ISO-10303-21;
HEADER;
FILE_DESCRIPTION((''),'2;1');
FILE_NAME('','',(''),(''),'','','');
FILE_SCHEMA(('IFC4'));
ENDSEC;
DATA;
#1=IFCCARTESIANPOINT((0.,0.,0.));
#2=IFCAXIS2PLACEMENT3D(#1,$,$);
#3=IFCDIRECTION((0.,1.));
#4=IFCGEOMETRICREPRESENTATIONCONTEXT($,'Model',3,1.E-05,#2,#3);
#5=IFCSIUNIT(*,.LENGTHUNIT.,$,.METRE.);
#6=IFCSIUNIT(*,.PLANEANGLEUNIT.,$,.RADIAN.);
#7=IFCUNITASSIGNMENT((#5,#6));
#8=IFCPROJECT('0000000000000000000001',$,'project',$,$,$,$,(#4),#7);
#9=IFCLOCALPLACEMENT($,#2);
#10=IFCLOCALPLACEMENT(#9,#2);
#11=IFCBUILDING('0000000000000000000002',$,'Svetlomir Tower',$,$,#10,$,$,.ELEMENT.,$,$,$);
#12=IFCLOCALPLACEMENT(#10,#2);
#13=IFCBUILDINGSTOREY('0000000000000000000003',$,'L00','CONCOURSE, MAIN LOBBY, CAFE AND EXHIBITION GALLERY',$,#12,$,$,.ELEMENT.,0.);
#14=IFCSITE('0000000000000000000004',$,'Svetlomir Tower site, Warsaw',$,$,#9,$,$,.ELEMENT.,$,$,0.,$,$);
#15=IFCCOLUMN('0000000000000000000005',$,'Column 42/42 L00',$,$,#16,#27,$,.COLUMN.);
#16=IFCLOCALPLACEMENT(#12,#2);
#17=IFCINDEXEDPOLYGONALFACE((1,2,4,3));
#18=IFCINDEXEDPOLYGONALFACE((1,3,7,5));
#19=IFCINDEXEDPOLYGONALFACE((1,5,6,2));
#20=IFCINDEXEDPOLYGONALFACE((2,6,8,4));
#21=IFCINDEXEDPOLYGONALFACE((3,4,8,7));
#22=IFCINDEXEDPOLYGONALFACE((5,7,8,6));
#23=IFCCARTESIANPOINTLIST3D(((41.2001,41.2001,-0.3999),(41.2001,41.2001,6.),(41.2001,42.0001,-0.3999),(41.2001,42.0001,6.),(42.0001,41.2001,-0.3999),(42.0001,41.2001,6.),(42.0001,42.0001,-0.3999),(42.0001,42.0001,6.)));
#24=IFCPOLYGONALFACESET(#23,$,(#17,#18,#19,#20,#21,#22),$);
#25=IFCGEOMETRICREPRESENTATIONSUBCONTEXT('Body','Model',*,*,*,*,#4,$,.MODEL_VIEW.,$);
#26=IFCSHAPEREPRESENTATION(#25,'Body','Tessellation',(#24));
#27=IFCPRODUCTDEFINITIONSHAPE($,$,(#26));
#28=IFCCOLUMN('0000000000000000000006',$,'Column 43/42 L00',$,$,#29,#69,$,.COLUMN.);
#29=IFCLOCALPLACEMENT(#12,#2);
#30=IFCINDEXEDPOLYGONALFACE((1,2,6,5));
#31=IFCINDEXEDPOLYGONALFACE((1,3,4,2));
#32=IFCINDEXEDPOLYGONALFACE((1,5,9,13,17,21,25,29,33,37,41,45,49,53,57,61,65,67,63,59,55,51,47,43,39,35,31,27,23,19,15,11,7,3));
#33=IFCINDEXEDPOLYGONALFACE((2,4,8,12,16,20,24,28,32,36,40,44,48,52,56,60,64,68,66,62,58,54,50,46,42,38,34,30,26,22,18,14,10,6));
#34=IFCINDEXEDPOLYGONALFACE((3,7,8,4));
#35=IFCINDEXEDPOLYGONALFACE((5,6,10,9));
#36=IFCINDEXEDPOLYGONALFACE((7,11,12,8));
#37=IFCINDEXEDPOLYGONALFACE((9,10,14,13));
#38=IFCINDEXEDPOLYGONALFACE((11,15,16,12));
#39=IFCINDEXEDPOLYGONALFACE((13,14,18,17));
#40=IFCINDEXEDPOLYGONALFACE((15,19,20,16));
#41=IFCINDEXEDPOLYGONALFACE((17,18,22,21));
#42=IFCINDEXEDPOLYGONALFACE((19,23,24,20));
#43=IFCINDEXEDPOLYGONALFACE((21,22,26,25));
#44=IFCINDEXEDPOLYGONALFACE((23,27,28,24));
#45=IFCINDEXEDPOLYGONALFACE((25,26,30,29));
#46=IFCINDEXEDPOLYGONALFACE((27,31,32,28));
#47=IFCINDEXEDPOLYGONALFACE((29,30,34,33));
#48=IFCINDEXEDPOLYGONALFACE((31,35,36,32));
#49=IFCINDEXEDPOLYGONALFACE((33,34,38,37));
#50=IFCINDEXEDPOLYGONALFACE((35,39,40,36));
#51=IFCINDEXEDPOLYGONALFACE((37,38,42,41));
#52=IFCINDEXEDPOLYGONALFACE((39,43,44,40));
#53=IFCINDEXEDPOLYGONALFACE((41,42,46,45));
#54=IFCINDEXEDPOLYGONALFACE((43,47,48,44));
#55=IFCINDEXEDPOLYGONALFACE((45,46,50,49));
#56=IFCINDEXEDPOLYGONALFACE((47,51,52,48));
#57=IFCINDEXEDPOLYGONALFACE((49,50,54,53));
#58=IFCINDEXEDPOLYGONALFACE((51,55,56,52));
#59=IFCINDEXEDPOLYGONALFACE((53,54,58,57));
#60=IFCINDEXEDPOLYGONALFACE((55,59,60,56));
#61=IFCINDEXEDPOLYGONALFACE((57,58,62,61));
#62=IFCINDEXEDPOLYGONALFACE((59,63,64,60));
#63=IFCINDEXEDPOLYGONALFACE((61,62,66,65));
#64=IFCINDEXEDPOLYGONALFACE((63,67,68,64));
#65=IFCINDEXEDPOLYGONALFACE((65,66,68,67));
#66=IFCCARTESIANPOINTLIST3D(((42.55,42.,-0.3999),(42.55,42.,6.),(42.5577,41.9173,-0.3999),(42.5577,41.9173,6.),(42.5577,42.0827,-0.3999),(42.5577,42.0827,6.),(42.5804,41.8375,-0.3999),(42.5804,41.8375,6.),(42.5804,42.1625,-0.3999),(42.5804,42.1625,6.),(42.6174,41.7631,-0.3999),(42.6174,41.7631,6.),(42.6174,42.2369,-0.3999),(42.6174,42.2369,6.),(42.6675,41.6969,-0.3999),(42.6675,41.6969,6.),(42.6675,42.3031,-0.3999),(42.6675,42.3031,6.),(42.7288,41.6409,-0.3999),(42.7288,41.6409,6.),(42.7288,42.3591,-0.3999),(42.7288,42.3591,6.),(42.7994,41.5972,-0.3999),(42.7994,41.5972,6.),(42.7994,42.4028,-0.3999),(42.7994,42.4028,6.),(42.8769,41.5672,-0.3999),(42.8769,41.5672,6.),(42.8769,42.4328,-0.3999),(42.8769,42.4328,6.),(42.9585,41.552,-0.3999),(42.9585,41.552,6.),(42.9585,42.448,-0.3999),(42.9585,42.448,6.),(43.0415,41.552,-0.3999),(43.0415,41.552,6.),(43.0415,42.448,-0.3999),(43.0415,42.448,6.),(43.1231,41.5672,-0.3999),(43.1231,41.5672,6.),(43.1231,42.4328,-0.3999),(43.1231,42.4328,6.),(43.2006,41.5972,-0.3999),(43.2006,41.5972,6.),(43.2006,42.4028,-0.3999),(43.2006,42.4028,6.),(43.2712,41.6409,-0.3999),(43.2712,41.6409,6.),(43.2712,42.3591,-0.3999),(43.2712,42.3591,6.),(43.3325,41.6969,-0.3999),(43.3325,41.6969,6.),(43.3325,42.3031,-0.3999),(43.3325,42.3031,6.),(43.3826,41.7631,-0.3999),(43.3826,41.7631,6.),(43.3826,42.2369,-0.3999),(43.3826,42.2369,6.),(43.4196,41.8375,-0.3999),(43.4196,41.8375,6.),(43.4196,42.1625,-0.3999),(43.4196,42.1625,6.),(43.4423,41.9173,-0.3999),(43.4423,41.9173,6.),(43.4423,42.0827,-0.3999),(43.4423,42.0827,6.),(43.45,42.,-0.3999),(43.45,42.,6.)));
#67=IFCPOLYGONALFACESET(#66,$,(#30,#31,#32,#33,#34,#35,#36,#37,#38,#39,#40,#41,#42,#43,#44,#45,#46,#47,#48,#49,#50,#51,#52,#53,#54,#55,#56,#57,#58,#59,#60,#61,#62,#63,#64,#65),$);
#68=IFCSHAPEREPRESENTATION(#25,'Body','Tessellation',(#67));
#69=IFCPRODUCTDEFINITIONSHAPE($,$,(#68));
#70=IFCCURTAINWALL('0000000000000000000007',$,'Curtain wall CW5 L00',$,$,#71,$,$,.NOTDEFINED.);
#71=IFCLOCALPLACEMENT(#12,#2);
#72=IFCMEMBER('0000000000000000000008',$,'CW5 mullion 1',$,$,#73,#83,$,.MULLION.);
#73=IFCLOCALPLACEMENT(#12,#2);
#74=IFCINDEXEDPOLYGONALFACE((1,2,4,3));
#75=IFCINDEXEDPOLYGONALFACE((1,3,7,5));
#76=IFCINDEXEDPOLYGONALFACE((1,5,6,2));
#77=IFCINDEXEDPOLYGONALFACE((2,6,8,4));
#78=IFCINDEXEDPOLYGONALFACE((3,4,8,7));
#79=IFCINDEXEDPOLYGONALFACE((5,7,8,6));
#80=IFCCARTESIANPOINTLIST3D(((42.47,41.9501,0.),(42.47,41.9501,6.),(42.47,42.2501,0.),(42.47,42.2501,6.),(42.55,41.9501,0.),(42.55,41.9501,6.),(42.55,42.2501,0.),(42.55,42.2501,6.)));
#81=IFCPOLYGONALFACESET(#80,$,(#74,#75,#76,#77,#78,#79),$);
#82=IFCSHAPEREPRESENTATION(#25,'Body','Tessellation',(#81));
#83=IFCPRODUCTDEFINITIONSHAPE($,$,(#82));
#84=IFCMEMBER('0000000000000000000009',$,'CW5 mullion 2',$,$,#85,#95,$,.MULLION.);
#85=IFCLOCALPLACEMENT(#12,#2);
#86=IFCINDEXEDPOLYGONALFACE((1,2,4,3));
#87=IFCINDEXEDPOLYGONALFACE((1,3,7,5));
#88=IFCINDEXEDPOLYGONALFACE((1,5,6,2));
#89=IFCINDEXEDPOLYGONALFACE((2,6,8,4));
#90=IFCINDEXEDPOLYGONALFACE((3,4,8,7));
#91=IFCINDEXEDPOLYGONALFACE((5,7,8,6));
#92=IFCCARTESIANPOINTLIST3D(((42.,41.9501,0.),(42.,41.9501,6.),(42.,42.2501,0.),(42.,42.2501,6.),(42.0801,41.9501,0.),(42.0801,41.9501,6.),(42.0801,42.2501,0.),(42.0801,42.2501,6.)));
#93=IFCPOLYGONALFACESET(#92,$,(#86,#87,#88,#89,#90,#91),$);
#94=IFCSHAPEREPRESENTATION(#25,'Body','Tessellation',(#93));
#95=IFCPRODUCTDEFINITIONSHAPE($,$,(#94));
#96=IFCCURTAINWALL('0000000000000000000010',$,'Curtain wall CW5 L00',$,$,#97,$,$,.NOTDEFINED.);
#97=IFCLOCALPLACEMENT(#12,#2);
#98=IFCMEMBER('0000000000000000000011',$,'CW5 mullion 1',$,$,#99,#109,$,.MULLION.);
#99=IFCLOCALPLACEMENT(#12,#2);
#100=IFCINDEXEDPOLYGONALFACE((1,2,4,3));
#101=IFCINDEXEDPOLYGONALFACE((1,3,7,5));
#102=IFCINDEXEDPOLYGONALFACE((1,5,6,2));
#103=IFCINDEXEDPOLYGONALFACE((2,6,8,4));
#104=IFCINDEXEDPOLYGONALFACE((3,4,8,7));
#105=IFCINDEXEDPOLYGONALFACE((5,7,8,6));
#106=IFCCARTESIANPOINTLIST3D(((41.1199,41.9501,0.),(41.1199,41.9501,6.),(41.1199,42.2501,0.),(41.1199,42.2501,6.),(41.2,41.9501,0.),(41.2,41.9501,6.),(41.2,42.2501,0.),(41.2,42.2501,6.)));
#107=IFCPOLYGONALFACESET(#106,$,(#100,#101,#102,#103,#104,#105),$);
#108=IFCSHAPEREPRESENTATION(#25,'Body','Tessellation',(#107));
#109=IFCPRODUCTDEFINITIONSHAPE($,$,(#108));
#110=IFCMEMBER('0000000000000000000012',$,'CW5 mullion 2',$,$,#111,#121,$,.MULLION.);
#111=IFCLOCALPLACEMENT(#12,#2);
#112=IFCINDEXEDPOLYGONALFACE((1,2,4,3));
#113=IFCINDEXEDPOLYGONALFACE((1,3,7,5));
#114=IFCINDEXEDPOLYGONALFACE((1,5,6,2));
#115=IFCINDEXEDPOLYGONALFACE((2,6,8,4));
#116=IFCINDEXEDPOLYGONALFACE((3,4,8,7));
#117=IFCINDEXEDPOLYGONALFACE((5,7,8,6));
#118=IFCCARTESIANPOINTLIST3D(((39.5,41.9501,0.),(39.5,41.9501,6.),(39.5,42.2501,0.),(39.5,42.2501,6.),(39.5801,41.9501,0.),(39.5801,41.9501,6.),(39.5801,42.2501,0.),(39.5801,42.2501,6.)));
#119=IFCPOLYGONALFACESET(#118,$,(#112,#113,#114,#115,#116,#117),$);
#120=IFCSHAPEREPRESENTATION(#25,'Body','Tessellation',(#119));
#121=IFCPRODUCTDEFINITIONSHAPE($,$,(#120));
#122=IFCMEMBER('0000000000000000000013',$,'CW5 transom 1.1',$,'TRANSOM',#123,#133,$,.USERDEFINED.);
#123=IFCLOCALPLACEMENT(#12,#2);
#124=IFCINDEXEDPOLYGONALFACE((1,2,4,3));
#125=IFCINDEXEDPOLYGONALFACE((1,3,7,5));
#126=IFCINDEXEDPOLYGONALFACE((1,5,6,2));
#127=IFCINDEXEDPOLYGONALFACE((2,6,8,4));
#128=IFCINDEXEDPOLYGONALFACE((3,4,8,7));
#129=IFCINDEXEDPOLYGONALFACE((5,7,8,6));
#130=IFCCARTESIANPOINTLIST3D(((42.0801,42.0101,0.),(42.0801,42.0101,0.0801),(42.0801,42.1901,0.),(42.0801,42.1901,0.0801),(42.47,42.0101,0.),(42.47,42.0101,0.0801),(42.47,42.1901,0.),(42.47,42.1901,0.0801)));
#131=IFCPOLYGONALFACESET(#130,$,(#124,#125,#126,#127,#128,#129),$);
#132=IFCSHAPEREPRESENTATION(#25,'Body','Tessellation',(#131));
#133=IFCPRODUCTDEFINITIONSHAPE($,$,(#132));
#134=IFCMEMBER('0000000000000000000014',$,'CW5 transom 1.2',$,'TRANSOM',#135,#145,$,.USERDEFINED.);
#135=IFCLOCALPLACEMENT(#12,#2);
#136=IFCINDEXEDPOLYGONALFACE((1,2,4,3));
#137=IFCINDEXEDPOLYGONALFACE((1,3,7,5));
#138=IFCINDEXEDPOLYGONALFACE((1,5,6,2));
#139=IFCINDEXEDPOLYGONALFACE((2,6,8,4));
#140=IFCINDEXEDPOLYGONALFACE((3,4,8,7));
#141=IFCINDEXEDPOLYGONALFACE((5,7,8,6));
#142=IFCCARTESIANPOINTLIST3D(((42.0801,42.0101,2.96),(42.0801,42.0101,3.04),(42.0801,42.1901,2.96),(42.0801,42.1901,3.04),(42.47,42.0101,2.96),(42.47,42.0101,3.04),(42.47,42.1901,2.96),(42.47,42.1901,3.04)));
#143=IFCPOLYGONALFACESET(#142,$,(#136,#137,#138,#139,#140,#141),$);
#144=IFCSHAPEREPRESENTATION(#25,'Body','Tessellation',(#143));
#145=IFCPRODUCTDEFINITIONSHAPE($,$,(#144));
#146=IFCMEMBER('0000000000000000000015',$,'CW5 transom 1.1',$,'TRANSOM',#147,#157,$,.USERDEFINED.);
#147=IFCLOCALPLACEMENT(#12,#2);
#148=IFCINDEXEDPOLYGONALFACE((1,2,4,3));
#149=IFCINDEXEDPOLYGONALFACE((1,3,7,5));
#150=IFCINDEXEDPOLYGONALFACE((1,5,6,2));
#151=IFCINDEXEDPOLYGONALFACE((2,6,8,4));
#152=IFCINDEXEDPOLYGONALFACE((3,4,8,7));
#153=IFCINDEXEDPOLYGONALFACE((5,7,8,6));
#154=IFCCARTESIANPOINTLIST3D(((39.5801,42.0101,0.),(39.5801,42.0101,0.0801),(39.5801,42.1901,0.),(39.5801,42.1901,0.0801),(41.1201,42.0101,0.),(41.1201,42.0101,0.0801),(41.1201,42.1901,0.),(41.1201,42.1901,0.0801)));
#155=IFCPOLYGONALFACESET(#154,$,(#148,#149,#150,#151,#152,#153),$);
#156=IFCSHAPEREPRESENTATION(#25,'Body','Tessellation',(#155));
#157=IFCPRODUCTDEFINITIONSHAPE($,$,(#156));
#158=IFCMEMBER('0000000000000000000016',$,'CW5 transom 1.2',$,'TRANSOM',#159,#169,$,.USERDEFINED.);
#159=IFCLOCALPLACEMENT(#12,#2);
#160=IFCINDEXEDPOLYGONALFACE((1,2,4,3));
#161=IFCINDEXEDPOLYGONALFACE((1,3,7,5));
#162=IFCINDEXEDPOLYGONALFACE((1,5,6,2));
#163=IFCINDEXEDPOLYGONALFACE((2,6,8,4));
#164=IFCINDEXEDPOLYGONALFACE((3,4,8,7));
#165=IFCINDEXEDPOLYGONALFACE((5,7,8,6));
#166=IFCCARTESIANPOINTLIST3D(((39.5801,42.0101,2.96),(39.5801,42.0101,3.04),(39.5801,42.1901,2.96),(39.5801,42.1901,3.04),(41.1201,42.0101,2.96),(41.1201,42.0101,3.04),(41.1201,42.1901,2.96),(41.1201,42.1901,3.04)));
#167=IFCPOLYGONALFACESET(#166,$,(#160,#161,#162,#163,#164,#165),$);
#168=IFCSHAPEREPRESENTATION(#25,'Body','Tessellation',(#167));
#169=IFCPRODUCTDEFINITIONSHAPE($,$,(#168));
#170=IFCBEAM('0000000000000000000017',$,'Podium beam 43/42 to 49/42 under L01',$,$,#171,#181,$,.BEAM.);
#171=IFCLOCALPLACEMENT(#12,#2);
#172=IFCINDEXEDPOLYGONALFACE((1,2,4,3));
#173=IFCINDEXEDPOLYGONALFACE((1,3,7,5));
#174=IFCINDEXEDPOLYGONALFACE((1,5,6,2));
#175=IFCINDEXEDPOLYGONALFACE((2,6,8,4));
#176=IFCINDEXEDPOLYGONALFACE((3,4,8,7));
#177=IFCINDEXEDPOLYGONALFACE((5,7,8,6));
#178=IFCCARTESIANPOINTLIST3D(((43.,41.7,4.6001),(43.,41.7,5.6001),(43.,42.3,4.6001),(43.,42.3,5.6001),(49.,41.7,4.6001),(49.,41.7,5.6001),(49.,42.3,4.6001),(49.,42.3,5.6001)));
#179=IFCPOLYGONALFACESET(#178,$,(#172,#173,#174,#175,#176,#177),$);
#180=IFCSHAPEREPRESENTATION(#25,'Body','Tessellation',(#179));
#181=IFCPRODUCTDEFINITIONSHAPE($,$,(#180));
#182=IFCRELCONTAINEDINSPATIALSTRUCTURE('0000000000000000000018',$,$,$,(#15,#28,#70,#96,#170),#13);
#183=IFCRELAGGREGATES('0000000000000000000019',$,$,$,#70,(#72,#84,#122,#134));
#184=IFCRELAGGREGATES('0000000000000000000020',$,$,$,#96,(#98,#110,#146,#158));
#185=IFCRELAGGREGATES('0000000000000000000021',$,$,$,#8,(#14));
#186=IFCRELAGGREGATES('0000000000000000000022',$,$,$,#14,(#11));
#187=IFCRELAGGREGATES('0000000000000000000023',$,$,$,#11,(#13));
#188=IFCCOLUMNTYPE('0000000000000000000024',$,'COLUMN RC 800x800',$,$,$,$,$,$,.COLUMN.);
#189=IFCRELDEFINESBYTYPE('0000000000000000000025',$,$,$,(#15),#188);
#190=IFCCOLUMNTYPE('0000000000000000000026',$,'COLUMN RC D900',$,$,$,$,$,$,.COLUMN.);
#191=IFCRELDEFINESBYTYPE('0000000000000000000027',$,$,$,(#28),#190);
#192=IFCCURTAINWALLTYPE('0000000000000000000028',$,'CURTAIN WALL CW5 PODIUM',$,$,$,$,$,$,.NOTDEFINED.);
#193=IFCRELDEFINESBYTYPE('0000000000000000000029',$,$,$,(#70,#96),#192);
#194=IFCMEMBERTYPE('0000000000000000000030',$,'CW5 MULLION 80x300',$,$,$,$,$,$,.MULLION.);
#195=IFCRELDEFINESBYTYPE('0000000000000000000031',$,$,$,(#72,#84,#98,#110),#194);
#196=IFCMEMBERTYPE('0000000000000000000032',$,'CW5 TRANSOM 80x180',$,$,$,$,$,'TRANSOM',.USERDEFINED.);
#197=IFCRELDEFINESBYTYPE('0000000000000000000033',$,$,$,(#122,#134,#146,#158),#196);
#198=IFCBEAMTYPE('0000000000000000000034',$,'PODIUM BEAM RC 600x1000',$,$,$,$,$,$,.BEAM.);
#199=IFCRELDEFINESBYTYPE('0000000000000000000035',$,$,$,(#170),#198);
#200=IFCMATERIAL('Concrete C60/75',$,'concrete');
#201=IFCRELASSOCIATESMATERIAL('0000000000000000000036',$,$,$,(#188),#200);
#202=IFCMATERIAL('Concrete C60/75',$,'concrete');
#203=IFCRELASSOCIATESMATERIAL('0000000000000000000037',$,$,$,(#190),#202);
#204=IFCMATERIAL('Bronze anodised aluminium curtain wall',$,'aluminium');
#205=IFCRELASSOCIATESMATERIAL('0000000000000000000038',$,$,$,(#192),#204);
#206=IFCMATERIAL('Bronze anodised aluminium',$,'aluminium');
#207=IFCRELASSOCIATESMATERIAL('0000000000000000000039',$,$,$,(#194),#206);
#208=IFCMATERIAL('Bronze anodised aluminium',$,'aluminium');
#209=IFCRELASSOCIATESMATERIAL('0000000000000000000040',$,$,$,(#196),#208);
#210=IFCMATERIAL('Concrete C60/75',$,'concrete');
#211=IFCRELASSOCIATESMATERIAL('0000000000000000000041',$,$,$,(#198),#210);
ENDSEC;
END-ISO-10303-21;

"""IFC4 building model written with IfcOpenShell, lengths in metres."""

from ifc_helpers import new_model, si_unit, direction, frame, origin, origin_2d, place, context, subcontext, project, spatial, rectangle, circle, extrude, material, material_profile, profile_set, type_object, element, aggregate, save


model = new_model("IFC4")

# Units and contexts
model_context = context("Model", 3, precision=1e-05, world=origin(), true_north=direction((0.0, 1.0)))
body_context = subcontext(model_context, "Body", "Model", "MODEL_VIEW")
ifc_project = project(units=[si_unit("LENGTHUNIT", "METRE"), si_unit("PLANEANGLEUNIT", "RADIAN")], contexts=[model_context])

# Site, building, storey
site_placement = place(None, origin())
site = spatial("IfcSite", under=ifc_project, at=site_placement, Name="Svetlomir Tower site, Warsaw", CompositionType="ELEMENT", RefElevation=0.0)
building_placement = place(site_placement, origin())
building = spatial("IfcBuilding", under=site, at=building_placement, Name="Svetlomir Tower", CompositionType="ELEMENT")
storey_placement = place(building_placement, origin())
storey = spatial("IfcBuildingStorey", under=building, at=storey_placement, Name="L00", Description="CONCOURSE, MAIN LOBBY, CAFE AND EXHIBITION GALLERY", CompositionType="ELEMENT", Elevation=0.0)

# Columns
ifc_material_1 = material(Name="Concrete C60/75", Category="concrete")
ifc_material_profile_1 = material_profile(ifc_material_1, rectangle(XDim=0.8, YDim=0.8, at=origin_2d()), Name="RC 800x800")
ifc_profile_set_1 = profile_set([ifc_material_profile_1], Name="Concrete C60/75")
column_type_1 = type_object("IfcColumnType", Name="COLUMN RC 800x800", PredefinedType="COLUMN", material=ifc_profile_set_1)
column_1_placement = place(storey_placement, frame((41.6001, 41.6001, -0.3999), z_axis=(0.0, 0.0, 1.0), x_axis=(1.0, 0.0, 0.0)))
element("IfcColumn", 1, at=column_1_placement, inside=storey, type_object=column_type_1, Name="Column 42/42 L00", PredefinedType="COLUMN", context=body_context, shape_type="SweptSolid", body=[
    extrude(rectangle(XDim=0.8, YDim=0.8, at=origin_2d()), origin(), (0.0, 0.0, 1.0), 6.3999),
])
ifc_material_2 = material(Name="Concrete C60/75", Category="concrete")
ifc_material_profile_2 = material_profile(ifc_material_2, circle(Radius=0.45, at=origin_2d()), Name="RC D900")
ifc_profile_set_2 = profile_set([ifc_material_profile_2], Name="Concrete C60/75")
column_type_2 = type_object("IfcColumnType", Name="COLUMN RC D900", PredefinedType="COLUMN", material=ifc_profile_set_2)
column_2_placement = place(storey_placement, frame((43.0, 42.0, -0.3999), z_axis=(0.0, 0.0, 1.0), x_axis=(1.0, 0.0, 0.0)))
element("IfcColumn", 2, at=column_2_placement, inside=storey, type_object=column_type_2, Name="Column 43/42 L00", PredefinedType="COLUMN", context=body_context, shape_type="SweptSolid", body=[
    extrude(circle(Radius=0.45, at=origin_2d()), origin(), (0.0, 0.0, 1.0), 6.3999),
])

# Curtain walls, members
ifc_material_3 = material(Name="Bronze anodised aluminium curtain wall", Category="aluminium")
curtain_wall_type = type_object("IfcCurtainWallType", Name="CURTAIN WALL CW5 PODIUM", PredefinedType="NOTDEFINED", material=ifc_material_3)
curtain_wall_1_placement = place(storey_placement, origin())
curtain_wall_1 = element("IfcCurtainWall", 3, at=curtain_wall_1_placement, inside=storey, type_object=curtain_wall_type, Name="Curtain wall CW5 L00", PredefinedType="NOTDEFINED")
ifc_material_4 = material(Name="Bronze anodised aluminium", Category="aluminium")
ifc_material_profile_3 = material_profile(ifc_material_4, rectangle(XDim=0.0801, YDim=0.3, at=origin_2d()), Name="AL 80x300")
ifc_profile_set_3 = profile_set([ifc_material_profile_3], Name="Bronze anodised aluminium 6063-T6")
member_type_1 = type_object("IfcMemberType", Name="CW5 MULLION 80x300", PredefinedType="MULLION", material=ifc_profile_set_3)
member_1_placement = place(storey_placement, frame((42.51, 42.1001, 0.0), z_axis=(0.0, 0.0, 1.0), x_axis=(-1.0, 0.0, 0.0)))
member_1 = element("IfcMember", 4, at=member_1_placement, type_object=member_type_1, Name="CW5 mullion 1", PredefinedType="MULLION", context=body_context, shape_type="SweptSolid", body=[
    extrude(rectangle(XDim=0.0801, YDim=0.3, at=origin_2d()), origin(), (0.0, 0.0, 1.0), 6.0),
])
member_2_placement = place(storey_placement, frame((42.04, 42.1001, 0.0), z_axis=(0.0, 0.0, 1.0), x_axis=(-1.0, 0.0, 0.0)))
member_2 = element("IfcMember", 5, at=member_2_placement, type_object=member_type_1, Name="CW5 mullion 2", PredefinedType="MULLION", context=body_context, shape_type="SweptSolid", body=[
    extrude(rectangle(XDim=0.0801, YDim=0.3, at=origin_2d()), origin(), (0.0, 0.0, 1.0), 6.0),
])
curtain_wall_2_placement = place(storey_placement, origin())
curtain_wall_2 = element("IfcCurtainWall", 6, at=curtain_wall_2_placement, inside=storey, type_object=curtain_wall_type, Name="Curtain wall CW5 L00", PredefinedType="NOTDEFINED")
member_3_placement = place(storey_placement, frame((41.1599, 42.1001, 0.0), z_axis=(0.0, 0.0, 1.0), x_axis=(-1.0, 0.0, 0.0)))
member_3 = element("IfcMember", 7, at=member_3_placement, type_object=member_type_1, Name="CW5 mullion 1", PredefinedType="MULLION", context=body_context, shape_type="SweptSolid", body=[
    extrude(rectangle(XDim=0.0801, YDim=0.3, at=origin_2d()), origin(), (0.0, 0.0, 1.0), 6.0),
])
member_4_placement = place(storey_placement, frame((39.54, 42.1001, 0.0), z_axis=(0.0, 0.0, 1.0), x_axis=(-1.0, 0.0, 0.0)))
member_4 = element("IfcMember", 8, at=member_4_placement, type_object=member_type_1, Name="CW5 mullion 2", PredefinedType="MULLION", context=body_context, shape_type="SweptSolid", body=[
    extrude(rectangle(XDim=0.0801, YDim=0.3, at=origin_2d()), origin(), (0.0, 0.0, 1.0), 6.0),
])

# Members
ifc_material_5 = material(Name="Bronze anodised aluminium", Category="aluminium")
ifc_material_profile_4 = material_profile(ifc_material_5, rectangle(XDim=0.1799, YDim=0.0801, at=origin_2d()), Name="AL 180x80")
ifc_profile_set_4 = profile_set([ifc_material_profile_4], Name="Bronze anodised aluminium 6063-T6")
member_type_2 = type_object("IfcMemberType", Name="CW5 TRANSOM 80x180", ElementType="TRANSOM", PredefinedType="USERDEFINED", material=ifc_profile_set_4)
member_5_placement = place(storey_placement, frame((42.47, 42.1001, 0.04), z_axis=(-1.0, 0.0, 0.0), x_axis=(0.0, -1.0, 0.0)))
member_5 = element("IfcMember", 9, at=member_5_placement, type_object=member_type_2, Name="CW5 transom 1.1", ObjectType="TRANSOM", PredefinedType="USERDEFINED", context=body_context, shape_type="SweptSolid", body=[
    extrude(rectangle(XDim=0.1799, YDim=0.0801, at=origin_2d()), origin(), (0.0, 0.0, 1.0), 0.3899),
])
member_6_placement = place(storey_placement, frame((42.47, 42.1001, 3.0), z_axis=(-1.0, 0.0, 0.0), x_axis=(0.0, -1.0, 0.0)))
member_6 = element("IfcMember", 10, at=member_6_placement, type_object=member_type_2, Name="CW5 transom 1.2", ObjectType="TRANSOM", PredefinedType="USERDEFINED", context=body_context, shape_type="SweptSolid", body=[
    extrude(rectangle(XDim=0.1799, YDim=0.0801, at=origin_2d()), origin(), (0.0, 0.0, 1.0), 0.3899),
])
member_7_placement = place(storey_placement, frame((41.1201, 42.1001, 0.04), z_axis=(-1.0, 0.0, 0.0), x_axis=(0.0, -1.0, 0.0)))
member_7 = element("IfcMember", 11, at=member_7_placement, type_object=member_type_2, Name="CW5 transom 1.1", ObjectType="TRANSOM", PredefinedType="USERDEFINED", context=body_context, shape_type="SweptSolid", body=[
    extrude(rectangle(XDim=0.1799, YDim=0.0801, at=origin_2d()), origin(), (0.0, 0.0, 1.0), 1.54),
])
member_8_placement = place(storey_placement, frame((41.1201, 42.1001, 3.0), z_axis=(-1.0, 0.0, 0.0), x_axis=(0.0, -1.0, 0.0)))
member_8 = element("IfcMember", 12, at=member_8_placement, type_object=member_type_2, Name="CW5 transom 1.2", ObjectType="TRANSOM", PredefinedType="USERDEFINED", context=body_context, shape_type="SweptSolid", body=[
    extrude(rectangle(XDim=0.1799, YDim=0.0801, at=origin_2d()), origin(), (0.0, 0.0, 1.0), 1.54),
])

# Beam
ifc_material_6 = material(Name="Concrete C60/75", Category="concrete")
ifc_material_profile_5 = material_profile(ifc_material_6, rectangle(XDim=0.6001, YDim=1.0, at=origin_2d()), Name="RC 600x1000")
ifc_profile_set_5 = profile_set([ifc_material_profile_5], Name="Concrete C60/75")
beam_type = type_object("IfcBeamType", Name="PODIUM BEAM RC 600x1000", PredefinedType="BEAM", material=ifc_profile_set_5)
beam_placement = place(storey_placement, frame((43.0, 42.0, 5.1001), z_axis=(1.0, 0.0, 0.0), x_axis=(0.0, 1.0, 0.0)))
element("IfcBeam", 13, at=beam_placement, inside=storey, type_object=beam_type, Name="Podium beam 43/42 to 49/42 under L01", PredefinedType="BEAM", context=body_context, shape_type="SweptSolid", body=[
    extrude(rectangle(XDim=0.6001, YDim=1.0, at=origin_2d()), origin(), (0.0, 0.0, 1.0), 6.0),
])

aggregate(curtain_wall_1, [member_1, member_2, member_5, member_6])
aggregate(curtain_wall_2, [member_3, member_4, member_7, member_8])

save(model, "model.ifc")
